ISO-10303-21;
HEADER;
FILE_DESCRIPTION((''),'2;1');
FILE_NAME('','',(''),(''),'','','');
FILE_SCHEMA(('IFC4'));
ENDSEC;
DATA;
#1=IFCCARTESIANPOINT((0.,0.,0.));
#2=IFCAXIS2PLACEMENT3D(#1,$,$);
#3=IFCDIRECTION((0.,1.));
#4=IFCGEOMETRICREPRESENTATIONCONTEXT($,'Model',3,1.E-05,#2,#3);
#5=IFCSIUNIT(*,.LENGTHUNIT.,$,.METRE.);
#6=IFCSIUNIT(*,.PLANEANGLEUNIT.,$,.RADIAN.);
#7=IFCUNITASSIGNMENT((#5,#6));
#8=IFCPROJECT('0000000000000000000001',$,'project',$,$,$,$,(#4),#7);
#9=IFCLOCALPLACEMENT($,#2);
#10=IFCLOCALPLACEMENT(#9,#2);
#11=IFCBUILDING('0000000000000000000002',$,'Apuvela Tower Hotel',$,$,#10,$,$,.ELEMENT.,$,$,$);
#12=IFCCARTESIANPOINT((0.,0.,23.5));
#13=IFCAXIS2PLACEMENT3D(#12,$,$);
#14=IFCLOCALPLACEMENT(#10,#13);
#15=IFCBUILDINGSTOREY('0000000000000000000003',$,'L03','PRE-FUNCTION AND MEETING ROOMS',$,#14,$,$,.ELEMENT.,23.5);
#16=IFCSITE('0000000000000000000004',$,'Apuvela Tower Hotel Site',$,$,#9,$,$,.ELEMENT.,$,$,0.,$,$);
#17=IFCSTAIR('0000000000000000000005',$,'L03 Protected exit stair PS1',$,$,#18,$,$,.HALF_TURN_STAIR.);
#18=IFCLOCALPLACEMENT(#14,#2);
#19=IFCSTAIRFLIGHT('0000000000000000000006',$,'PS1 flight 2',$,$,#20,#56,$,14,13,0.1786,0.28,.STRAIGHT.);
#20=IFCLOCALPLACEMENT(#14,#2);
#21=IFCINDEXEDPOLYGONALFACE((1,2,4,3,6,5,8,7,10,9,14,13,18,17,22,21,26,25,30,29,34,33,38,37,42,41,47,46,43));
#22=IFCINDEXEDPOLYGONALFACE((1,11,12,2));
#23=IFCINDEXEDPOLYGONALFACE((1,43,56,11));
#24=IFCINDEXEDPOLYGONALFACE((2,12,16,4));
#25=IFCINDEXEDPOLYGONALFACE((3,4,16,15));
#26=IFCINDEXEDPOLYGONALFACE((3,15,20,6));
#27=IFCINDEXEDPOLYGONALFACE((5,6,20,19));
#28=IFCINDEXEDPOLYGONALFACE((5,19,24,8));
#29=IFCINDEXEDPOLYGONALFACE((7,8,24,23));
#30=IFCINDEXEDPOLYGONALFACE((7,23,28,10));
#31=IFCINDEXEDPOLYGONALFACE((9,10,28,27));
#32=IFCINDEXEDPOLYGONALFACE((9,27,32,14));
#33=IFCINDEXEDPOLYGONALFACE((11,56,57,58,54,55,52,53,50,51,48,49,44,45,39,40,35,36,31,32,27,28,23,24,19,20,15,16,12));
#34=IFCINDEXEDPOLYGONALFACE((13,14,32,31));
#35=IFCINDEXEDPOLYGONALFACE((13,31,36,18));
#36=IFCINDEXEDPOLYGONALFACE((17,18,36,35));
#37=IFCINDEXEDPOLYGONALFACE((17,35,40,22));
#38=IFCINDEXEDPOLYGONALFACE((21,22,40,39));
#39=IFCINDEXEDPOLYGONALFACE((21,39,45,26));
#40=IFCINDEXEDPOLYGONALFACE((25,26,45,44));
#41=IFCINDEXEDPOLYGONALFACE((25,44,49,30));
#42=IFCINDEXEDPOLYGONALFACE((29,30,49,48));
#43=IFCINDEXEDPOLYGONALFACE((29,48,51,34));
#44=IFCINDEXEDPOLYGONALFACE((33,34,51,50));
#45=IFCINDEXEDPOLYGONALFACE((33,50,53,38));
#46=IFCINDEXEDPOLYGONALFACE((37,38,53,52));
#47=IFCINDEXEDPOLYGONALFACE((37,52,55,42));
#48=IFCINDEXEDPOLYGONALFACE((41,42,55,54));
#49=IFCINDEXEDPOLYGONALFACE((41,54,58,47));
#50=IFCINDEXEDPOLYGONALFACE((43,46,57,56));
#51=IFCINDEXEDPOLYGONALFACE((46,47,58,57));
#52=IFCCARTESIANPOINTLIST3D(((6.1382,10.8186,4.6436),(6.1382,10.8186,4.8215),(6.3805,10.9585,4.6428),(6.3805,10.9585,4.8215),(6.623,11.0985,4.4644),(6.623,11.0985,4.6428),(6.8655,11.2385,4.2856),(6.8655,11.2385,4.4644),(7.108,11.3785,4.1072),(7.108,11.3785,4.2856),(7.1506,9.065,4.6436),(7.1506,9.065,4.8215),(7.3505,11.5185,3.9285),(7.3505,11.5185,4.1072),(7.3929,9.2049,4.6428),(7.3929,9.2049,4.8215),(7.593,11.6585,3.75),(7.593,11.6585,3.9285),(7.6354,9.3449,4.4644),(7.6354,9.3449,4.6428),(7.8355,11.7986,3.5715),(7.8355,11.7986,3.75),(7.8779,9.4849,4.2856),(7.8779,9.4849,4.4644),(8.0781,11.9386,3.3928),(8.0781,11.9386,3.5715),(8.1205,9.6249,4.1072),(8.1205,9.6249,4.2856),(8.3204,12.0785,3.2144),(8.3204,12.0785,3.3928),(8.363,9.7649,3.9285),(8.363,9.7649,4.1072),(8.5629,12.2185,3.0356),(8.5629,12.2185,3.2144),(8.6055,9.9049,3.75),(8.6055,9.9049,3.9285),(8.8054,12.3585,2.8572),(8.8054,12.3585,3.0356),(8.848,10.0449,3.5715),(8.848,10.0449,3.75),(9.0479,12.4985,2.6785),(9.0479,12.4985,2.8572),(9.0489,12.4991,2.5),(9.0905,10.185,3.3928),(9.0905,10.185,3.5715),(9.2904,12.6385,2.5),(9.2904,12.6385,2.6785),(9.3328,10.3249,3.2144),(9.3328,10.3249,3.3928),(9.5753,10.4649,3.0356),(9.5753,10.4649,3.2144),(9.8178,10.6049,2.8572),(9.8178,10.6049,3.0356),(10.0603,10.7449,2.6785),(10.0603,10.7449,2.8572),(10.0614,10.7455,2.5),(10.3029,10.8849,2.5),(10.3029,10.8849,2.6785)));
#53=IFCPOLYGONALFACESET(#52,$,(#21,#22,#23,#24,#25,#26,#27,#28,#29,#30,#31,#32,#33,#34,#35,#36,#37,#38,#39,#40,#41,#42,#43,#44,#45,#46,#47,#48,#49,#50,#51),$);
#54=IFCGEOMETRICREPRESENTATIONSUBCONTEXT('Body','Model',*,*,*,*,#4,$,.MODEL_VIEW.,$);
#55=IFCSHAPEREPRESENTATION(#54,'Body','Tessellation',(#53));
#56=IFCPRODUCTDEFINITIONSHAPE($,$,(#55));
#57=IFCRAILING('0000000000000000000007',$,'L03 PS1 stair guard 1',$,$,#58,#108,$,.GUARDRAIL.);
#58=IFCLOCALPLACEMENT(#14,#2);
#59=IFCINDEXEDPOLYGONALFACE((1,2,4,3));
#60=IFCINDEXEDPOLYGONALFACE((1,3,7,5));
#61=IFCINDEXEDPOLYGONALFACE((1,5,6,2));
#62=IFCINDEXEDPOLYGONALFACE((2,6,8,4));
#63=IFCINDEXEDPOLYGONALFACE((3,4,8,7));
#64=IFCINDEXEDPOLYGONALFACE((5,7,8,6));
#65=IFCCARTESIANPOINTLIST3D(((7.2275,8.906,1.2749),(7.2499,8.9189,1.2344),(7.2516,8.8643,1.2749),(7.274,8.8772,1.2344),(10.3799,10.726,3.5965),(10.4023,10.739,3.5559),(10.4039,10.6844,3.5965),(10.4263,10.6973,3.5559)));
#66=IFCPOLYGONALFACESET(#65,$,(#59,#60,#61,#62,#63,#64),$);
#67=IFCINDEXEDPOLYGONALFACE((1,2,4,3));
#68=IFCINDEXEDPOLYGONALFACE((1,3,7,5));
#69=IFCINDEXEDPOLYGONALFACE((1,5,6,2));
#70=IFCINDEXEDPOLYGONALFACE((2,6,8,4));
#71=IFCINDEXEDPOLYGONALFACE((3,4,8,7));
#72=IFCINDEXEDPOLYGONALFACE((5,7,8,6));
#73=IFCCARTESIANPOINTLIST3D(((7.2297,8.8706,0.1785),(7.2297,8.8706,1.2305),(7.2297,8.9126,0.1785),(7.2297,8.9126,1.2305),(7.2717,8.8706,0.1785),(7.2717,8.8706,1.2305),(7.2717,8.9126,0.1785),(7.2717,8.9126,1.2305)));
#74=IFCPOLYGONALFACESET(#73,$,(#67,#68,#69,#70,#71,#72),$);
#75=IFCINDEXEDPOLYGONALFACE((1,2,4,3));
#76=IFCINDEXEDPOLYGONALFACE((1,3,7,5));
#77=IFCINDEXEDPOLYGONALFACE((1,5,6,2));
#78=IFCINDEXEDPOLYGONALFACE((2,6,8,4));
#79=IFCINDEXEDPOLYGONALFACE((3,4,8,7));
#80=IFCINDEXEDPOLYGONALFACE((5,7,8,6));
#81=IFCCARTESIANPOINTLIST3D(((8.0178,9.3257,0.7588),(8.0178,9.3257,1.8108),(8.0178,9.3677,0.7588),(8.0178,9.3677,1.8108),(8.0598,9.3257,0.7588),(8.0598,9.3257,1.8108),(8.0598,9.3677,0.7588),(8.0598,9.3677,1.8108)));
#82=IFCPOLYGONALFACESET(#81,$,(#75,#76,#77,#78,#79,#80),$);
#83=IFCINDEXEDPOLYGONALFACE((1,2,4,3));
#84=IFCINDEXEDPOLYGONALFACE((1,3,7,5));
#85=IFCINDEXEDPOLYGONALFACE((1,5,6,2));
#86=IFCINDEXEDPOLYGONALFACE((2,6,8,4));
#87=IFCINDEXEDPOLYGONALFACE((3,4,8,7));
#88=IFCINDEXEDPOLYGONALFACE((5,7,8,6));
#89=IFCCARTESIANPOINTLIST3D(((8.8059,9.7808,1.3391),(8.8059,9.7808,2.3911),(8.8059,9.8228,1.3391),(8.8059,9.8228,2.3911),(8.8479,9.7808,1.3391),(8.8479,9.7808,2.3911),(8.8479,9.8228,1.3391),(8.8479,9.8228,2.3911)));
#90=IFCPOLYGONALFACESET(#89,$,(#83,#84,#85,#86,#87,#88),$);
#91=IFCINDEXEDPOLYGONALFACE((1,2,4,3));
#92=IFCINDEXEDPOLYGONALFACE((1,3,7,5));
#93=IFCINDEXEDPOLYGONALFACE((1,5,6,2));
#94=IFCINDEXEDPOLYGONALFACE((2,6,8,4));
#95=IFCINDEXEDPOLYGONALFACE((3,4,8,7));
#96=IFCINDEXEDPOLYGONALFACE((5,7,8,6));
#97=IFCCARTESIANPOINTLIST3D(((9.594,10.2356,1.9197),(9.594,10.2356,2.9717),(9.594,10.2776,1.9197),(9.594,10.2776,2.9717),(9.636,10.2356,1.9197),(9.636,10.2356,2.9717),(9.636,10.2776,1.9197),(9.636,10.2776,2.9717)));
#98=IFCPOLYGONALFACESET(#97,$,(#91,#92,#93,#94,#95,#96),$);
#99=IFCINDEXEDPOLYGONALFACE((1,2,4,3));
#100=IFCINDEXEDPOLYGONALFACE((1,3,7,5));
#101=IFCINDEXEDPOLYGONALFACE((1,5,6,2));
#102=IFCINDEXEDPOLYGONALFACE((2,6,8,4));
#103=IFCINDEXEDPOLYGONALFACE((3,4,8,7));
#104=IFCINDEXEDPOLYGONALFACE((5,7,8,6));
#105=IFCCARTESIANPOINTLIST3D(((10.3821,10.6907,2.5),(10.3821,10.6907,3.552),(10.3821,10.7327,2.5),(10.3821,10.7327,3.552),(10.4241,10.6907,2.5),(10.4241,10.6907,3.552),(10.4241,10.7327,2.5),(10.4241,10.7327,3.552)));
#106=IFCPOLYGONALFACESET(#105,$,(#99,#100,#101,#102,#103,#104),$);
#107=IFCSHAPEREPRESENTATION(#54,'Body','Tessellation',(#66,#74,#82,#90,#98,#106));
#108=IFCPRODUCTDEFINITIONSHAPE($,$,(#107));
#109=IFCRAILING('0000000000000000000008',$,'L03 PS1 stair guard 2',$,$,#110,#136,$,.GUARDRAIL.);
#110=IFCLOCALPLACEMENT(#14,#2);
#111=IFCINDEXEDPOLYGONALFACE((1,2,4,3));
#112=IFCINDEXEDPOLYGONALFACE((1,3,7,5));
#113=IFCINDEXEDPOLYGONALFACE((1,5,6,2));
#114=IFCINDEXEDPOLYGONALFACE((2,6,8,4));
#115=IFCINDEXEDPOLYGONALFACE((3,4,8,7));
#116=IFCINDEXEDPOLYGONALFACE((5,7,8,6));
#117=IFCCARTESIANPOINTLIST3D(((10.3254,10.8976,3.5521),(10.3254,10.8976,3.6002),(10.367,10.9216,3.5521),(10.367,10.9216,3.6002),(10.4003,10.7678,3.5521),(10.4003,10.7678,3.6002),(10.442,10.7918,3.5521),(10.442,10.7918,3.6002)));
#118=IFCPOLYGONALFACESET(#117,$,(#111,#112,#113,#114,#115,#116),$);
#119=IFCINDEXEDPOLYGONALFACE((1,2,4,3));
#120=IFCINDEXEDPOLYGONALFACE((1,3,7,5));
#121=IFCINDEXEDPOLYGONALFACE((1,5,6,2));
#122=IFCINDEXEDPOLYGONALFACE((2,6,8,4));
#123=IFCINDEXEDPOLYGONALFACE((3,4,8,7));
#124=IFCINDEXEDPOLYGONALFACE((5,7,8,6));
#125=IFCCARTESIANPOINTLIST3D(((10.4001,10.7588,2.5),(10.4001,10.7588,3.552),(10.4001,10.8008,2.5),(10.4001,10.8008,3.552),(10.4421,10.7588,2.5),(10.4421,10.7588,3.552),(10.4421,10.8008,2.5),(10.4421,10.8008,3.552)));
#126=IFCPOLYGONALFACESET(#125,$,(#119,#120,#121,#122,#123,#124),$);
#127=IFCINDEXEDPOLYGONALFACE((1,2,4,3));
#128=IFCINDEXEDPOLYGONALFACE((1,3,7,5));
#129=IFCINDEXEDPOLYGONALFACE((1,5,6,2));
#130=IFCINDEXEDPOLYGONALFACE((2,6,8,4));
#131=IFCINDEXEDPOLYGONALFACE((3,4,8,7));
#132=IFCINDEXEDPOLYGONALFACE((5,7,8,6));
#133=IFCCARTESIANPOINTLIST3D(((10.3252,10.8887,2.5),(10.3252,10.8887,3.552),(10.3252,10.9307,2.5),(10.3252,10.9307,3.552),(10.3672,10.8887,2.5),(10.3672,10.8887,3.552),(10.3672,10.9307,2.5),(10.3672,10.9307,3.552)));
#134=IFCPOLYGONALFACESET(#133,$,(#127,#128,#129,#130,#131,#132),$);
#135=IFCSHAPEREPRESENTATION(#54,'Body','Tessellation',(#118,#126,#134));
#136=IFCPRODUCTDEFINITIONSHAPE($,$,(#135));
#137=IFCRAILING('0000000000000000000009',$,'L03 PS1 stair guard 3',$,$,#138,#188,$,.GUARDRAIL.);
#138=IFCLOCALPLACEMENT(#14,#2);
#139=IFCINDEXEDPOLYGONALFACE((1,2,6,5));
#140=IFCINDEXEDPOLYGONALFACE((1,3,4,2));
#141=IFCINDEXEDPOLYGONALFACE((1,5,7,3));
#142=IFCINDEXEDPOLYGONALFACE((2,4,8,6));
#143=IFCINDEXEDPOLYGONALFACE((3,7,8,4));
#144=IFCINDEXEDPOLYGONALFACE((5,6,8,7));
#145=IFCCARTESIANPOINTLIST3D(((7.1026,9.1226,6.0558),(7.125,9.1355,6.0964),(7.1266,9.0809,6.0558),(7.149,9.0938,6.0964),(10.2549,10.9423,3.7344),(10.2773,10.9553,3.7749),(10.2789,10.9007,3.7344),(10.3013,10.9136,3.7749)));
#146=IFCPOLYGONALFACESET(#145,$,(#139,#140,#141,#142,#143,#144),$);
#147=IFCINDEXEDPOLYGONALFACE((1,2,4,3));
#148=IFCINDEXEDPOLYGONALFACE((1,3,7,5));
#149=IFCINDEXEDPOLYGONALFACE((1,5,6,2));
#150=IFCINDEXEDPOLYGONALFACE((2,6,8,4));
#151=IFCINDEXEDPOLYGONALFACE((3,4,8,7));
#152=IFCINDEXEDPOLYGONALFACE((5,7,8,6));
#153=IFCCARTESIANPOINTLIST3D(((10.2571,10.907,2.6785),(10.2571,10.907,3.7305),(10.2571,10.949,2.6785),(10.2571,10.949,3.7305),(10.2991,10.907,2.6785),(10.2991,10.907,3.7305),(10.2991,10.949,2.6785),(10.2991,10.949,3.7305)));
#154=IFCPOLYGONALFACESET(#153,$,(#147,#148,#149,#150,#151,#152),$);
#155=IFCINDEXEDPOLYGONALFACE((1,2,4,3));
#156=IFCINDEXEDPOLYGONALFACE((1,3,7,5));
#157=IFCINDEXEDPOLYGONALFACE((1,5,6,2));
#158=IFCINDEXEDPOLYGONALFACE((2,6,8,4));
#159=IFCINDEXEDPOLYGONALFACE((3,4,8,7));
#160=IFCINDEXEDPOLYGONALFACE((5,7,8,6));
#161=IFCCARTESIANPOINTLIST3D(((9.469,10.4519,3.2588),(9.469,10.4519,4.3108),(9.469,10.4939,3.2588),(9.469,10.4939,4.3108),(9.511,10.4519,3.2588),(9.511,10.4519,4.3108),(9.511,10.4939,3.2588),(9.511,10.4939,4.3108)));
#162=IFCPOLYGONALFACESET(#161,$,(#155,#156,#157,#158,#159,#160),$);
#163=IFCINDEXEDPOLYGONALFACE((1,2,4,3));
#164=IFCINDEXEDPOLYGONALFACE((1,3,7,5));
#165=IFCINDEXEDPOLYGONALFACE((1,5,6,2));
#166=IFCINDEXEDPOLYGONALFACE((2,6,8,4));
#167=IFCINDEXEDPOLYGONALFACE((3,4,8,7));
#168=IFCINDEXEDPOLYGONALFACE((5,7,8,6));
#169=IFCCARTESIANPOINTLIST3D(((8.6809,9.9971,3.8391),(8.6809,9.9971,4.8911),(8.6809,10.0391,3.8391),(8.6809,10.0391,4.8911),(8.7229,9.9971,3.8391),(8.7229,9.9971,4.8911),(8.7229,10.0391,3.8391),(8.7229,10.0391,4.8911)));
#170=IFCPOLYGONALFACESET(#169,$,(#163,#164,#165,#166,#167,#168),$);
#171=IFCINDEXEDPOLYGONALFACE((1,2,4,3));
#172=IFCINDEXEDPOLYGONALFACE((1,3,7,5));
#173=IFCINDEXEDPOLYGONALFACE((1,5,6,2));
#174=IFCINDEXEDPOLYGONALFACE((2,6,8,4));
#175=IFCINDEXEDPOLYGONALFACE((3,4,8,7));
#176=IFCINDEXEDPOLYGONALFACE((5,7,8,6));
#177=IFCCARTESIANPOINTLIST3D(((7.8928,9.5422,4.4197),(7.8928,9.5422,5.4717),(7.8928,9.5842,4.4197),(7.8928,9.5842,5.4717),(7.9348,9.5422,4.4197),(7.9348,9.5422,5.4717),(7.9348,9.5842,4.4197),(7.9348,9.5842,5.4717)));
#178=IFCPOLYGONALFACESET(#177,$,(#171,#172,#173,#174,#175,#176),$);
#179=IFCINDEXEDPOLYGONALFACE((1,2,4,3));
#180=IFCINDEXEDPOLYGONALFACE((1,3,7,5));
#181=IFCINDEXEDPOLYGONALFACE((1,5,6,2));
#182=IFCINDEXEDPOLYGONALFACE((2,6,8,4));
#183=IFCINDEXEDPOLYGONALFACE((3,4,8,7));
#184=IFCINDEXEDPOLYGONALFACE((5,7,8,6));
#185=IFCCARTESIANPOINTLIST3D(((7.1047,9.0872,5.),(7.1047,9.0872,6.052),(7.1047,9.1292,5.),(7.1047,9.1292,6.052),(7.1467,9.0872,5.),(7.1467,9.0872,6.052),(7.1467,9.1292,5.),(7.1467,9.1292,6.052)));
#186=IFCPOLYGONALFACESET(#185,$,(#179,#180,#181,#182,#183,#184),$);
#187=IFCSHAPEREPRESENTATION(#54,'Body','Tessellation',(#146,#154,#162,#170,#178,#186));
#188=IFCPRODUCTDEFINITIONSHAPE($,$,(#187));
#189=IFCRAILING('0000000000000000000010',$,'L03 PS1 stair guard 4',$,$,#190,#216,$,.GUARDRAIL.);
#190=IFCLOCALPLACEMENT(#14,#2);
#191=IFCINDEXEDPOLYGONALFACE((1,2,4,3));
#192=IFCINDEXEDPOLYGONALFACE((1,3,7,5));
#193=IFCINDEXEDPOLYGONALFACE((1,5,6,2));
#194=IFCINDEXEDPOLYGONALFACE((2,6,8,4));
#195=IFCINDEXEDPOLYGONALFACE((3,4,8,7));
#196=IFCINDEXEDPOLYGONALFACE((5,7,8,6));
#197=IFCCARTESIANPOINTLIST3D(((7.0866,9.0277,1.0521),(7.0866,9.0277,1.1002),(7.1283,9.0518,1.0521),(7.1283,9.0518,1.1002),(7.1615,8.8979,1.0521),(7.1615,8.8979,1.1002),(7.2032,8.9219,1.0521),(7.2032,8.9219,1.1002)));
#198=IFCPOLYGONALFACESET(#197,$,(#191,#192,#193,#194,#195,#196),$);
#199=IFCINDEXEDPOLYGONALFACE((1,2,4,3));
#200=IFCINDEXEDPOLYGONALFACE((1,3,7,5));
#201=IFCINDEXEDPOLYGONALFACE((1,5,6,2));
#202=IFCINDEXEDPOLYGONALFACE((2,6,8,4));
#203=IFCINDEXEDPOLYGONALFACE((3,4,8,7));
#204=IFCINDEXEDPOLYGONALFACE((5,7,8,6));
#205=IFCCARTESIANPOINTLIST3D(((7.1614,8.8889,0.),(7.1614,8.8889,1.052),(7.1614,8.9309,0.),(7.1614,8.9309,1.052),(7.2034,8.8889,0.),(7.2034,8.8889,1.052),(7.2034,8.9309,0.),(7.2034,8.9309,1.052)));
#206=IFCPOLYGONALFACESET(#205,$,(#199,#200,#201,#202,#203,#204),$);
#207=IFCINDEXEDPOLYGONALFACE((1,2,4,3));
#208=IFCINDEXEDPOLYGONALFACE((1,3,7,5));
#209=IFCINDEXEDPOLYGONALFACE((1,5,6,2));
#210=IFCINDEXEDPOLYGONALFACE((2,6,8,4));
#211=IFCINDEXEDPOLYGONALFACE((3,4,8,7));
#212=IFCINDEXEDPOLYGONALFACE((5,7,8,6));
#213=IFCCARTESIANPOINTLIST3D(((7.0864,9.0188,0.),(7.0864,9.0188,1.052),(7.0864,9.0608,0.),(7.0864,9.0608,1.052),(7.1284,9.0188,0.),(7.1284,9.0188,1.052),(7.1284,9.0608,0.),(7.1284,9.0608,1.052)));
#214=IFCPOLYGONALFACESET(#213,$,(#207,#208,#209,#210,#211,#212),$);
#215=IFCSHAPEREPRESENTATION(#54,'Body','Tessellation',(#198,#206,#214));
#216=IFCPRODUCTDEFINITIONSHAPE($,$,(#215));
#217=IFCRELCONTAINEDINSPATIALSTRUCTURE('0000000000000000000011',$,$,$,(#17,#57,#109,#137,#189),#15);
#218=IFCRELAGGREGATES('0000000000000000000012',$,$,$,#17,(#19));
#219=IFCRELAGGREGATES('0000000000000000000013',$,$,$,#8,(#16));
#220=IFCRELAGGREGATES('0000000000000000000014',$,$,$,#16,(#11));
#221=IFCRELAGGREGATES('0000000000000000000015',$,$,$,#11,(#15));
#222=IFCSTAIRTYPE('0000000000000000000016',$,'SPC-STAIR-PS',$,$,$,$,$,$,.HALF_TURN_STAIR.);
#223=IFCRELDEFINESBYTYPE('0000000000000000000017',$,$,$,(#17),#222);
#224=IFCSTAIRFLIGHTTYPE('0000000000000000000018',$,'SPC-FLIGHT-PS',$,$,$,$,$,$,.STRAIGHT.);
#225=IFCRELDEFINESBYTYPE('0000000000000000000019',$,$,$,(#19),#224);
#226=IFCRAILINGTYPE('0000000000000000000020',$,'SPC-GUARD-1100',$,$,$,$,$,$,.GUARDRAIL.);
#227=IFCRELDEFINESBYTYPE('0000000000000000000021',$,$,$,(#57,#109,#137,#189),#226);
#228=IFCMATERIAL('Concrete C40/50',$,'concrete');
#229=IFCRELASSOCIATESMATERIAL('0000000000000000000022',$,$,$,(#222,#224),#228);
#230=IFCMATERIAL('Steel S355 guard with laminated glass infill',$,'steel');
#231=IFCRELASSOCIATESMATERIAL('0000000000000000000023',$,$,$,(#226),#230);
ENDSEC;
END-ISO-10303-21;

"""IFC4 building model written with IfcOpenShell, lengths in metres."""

from ifc_helpers import new_model, si_unit, direction, frame, origin, origin_2d, place, context, subcontext, project, spatial, polyline, rectangle, outline, extrude, material, type_object, element, aggregate, save


model = new_model("IFC4")

# Units and contexts
model_context = context("Model", 3, precision=1e-05, world=origin(), true_north=direction((0.0, 1.0)))
body_context = subcontext(model_context, "Body", "Model", "MODEL_VIEW")
ifc_project = project(units=[si_unit("LENGTHUNIT", "METRE"), si_unit("PLANEANGLEUNIT", "RADIAN")], contexts=[model_context])

# Site, building, storey
site_placement = place(None, origin())
site = spatial("IfcSite", under=ifc_project, at=site_placement, Name="Apuvela Tower Hotel Site", CompositionType="ELEMENT", RefElevation=0.0)
building_placement = place(site_placement, origin())
building = spatial("IfcBuilding", under=site, at=building_placement, Name="Apuvela Tower Hotel", CompositionType="ELEMENT")
storey_placement = place(building_placement, frame((0.0, 0.0, 23.5)))
storey = spatial("IfcBuildingStorey", under=building, at=storey_placement, Name="L03", Description="PRE-FUNCTION AND MEETING ROOMS", CompositionType="ELEMENT", Elevation=23.5)

# Shared definitions
ifc_material_1 = material(Name="Concrete C40/50", Category="concrete")

# Stair, stair flight
stair_type = type_object("IfcStairType", Name="SPC-STAIR-PS", PredefinedType="HALF_TURN_STAIR", material=ifc_material_1)
stair_placement = place(storey_placement, origin())
stair = element("IfcStair", 1, at=stair_placement, inside=storey, type_object=stair_type, Name="L03 Protected exit stair PS1", PredefinedType="HALF_TURN_STAIR")
stair_flight_type = type_object("IfcStairFlightType", Name="SPC-FLIGHT-PS", PredefinedType="STRAIGHT", material=ifc_material_1)
stair_flight_1_placement = place(storey_placement, frame((9.7966, 11.7617, 2.5), z_axis=(0.0, 0.0, 1.0), x_axis=(-0.866025, -0.5, 0.0)))
stair_flight_1 = element("IfcStairFlight", 2, at=stair_flight_1_placement, type_object=stair_flight_type, Name="PS1 flight 2", NumberOfRisers=14, NumberOfTreads=13, PredefinedType="STRAIGHT", RiserHeight=0.1786, TreadLength=0.28, context=body_context, shape_type="SweptSolid", body=[
    extrude(outline(polyline([(0.0, 0.0), (0.0, 0.1785), (0.28, 0.1785), (0.28, 0.3572), (0.5601, 0.3572), (0.5601, 0.5356), (0.8401, 0.5356), (0.8401, 0.7144), (1.1201, 0.7144), (1.1201, 0.8928), (1.3999, 0.8928), (1.3999, 1.0715), (1.6799, 1.0715), (1.6799, 1.25), (1.96, 1.25), (1.96, 1.4285), (2.24, 1.4285), (2.24, 1.6072), (2.52, 1.6072), (2.52, 1.7856), (2.8, 1.7856), (2.8, 1.9644), (3.0801, 1.9644), (3.0801, 2.1428), (3.3601, 2.1428), (3.3601, 2.3215), (3.6399, 2.3215), (3.6399, 2.5), (3.6399, 2.1436), (0.2788, 0.0), (0.0, 0.0)])), frame((0.0, 1.0125, 0.0), z_axis=(0.0, -1.0, 0.0), x_axis=(1.0, 0.0, 0.0)), (0.0, 0.0, 1.0), 2.0249),
])
aggregate(stair, [stair_flight_1])

# Railings
ifc_material_2 = material(Name="Steel S355 guard with laminated glass infill", Category="steel")
railing_type_1 = type_object("IfcRailingType", Name="SPC-GUARD-1100", PredefinedType="GUARDRAIL", material=ifc_material_2)
railing_1_placement = place(storey_placement, frame((7.2507, 8.8916, 0.1785)))
element("IfcRailing", 3, at=railing_1_placement, inside=storey, type_object=railing_type_1, Name="L03 PS1 stair guard 1", PredefinedType="GUARDRAIL", context=body_context, shape_type="SweptSolid", body=[
    extrude(rectangle(XDim=0.0481, YDim=0.0481, at=origin_2d()), frame((0.0, 0.0, 1.0762), z_axis=(0.730159, 0.421572, 0.537723), x_axis=(-0.500013, 0.866018, 0.0)), (0.0, 0.0, 1.0), 4.3174),
    extrude(rectangle(XDim=0.042, YDim=0.042, at=origin_2d()), origin(), (0.0, 0.0, 1.0), 1.052),
    extrude(rectangle(XDim=0.042, YDim=0.042, at=origin_2d()), frame((0.7881, 0.4551, 0.5803)), (0.0, 0.0, 1.0), 1.052),
    extrude(rectangle(XDim=0.042, YDim=0.042, at=origin_2d()), frame((1.5762, 0.9102, 1.1606)), (0.0, 0.0, 1.0), 1.052),
    extrude(rectangle(XDim=0.042, YDim=0.042, at=origin_2d()), frame((2.3643, 1.365, 1.7412)), (0.0, 0.0, 1.0), 1.052),
    extrude(rectangle(XDim=0.042, YDim=0.042, at=origin_2d()), frame((3.1523, 1.8201, 2.3215)), (0.0, 0.0, 1.0), 1.052),
])
railing_2_placement = place(storey_placement, frame((10.4211, 10.7798, 2.5)))
element("IfcRailing", 4, at=railing_2_placement, inside=storey, type_object=railing_type_1, Name="L03 PS1 stair guard 2", PredefinedType="GUARDRAIL", context=body_context, shape_type="SweptSolid", body=[
    extrude(rectangle(XDim=0.0481, YDim=0.0481, at=origin_2d()), frame((0.0, 0.0, 1.0762), z_axis=(-0.499816, 0.866131, 0.0), x_axis=(-0.866131, -0.499816, 0.0)), (0.0, 0.0, 1.0), 0.1499),
    extrude(rectangle(XDim=0.042, YDim=0.042, at=origin_2d()), origin(), (0.0, 0.0, 1.0), 1.052),
    extrude(rectangle(XDim=0.042, YDim=0.042, at=origin_2d()), frame((-0.075, 0.1299, 0.0)), (0.0, 0.0, 1.0), 1.052),
])
railing_3_placement = place(storey_placement, frame((10.2781, 10.928, 2.6785)))
element("IfcRailing", 5, at=railing_3_placement, inside=storey, type_object=railing_type_1, Name="L03 PS1 stair guard 3", PredefinedType="GUARDRAIL", context=body_context, shape_type="SweptSolid", body=[
    extrude(rectangle(XDim=0.0481, YDim=0.0481, at=origin_2d()), frame((0.0, 0.0, 1.0762), z_axis=(-0.730176, -0.421525, 0.537736), x_axis=(0.499962, -0.866047, 0.0)), (0.0, 0.0, 1.0), 4.3171),
    extrude(rectangle(XDim=0.042, YDim=0.042, at=origin_2d()), origin(), (0.0, 0.0, 1.0), 1.052),
    extrude(rectangle(XDim=0.042, YDim=0.042, at=origin_2d()), frame((-0.7881, -0.4551, 0.5803)), (0.0, 0.0, 1.0), 1.052),
    extrude(rectangle(XDim=0.042, YDim=0.042, at=origin_2d()), frame((-1.5762, -0.9099, 1.1606)), (0.0, 0.0, 1.0), 1.052),
    extrude(rectangle(XDim=0.042, YDim=0.042, at=origin_2d()), frame((-2.3643, -1.3647, 1.7412)), (0.0, 0.0, 1.0), 1.052),
    extrude(rectangle(XDim=0.042, YDim=0.042, at=origin_2d()), frame((-3.1523, -1.8198, 2.3215)), (0.0, 0.0, 1.0), 1.052),
])
railing_4_placement = place(storey_placement, frame((7.1824, 8.9099, 0.0)))
element("IfcRailing", 6, at=railing_4_placement, inside=storey, type_object=railing_type_1, Name="L03 PS1 stair guard 4", PredefinedType="GUARDRAIL", context=body_context, shape_type="SweptSolid", body=[
    extrude(rectangle(XDim=0.0481, YDim=0.0481, at=origin_2d()), frame((0.0, 0.0, 1.0762), z_axis=(-0.499816, 0.866131, 0.0), x_axis=(-0.866131, -0.499816, 0.0)), (0.0, 0.0, 1.0), 0.1499),
    extrude(rectangle(XDim=0.042, YDim=0.042, at=origin_2d()), origin(), (0.0, 0.0, 1.0), 1.052),
    extrude(rectangle(XDim=0.042, YDim=0.042, at=origin_2d()), frame((-0.075, 0.1299, 0.0)), (0.0, 0.0, 1.0), 1.052),
])

save(model, "model.ifc")
